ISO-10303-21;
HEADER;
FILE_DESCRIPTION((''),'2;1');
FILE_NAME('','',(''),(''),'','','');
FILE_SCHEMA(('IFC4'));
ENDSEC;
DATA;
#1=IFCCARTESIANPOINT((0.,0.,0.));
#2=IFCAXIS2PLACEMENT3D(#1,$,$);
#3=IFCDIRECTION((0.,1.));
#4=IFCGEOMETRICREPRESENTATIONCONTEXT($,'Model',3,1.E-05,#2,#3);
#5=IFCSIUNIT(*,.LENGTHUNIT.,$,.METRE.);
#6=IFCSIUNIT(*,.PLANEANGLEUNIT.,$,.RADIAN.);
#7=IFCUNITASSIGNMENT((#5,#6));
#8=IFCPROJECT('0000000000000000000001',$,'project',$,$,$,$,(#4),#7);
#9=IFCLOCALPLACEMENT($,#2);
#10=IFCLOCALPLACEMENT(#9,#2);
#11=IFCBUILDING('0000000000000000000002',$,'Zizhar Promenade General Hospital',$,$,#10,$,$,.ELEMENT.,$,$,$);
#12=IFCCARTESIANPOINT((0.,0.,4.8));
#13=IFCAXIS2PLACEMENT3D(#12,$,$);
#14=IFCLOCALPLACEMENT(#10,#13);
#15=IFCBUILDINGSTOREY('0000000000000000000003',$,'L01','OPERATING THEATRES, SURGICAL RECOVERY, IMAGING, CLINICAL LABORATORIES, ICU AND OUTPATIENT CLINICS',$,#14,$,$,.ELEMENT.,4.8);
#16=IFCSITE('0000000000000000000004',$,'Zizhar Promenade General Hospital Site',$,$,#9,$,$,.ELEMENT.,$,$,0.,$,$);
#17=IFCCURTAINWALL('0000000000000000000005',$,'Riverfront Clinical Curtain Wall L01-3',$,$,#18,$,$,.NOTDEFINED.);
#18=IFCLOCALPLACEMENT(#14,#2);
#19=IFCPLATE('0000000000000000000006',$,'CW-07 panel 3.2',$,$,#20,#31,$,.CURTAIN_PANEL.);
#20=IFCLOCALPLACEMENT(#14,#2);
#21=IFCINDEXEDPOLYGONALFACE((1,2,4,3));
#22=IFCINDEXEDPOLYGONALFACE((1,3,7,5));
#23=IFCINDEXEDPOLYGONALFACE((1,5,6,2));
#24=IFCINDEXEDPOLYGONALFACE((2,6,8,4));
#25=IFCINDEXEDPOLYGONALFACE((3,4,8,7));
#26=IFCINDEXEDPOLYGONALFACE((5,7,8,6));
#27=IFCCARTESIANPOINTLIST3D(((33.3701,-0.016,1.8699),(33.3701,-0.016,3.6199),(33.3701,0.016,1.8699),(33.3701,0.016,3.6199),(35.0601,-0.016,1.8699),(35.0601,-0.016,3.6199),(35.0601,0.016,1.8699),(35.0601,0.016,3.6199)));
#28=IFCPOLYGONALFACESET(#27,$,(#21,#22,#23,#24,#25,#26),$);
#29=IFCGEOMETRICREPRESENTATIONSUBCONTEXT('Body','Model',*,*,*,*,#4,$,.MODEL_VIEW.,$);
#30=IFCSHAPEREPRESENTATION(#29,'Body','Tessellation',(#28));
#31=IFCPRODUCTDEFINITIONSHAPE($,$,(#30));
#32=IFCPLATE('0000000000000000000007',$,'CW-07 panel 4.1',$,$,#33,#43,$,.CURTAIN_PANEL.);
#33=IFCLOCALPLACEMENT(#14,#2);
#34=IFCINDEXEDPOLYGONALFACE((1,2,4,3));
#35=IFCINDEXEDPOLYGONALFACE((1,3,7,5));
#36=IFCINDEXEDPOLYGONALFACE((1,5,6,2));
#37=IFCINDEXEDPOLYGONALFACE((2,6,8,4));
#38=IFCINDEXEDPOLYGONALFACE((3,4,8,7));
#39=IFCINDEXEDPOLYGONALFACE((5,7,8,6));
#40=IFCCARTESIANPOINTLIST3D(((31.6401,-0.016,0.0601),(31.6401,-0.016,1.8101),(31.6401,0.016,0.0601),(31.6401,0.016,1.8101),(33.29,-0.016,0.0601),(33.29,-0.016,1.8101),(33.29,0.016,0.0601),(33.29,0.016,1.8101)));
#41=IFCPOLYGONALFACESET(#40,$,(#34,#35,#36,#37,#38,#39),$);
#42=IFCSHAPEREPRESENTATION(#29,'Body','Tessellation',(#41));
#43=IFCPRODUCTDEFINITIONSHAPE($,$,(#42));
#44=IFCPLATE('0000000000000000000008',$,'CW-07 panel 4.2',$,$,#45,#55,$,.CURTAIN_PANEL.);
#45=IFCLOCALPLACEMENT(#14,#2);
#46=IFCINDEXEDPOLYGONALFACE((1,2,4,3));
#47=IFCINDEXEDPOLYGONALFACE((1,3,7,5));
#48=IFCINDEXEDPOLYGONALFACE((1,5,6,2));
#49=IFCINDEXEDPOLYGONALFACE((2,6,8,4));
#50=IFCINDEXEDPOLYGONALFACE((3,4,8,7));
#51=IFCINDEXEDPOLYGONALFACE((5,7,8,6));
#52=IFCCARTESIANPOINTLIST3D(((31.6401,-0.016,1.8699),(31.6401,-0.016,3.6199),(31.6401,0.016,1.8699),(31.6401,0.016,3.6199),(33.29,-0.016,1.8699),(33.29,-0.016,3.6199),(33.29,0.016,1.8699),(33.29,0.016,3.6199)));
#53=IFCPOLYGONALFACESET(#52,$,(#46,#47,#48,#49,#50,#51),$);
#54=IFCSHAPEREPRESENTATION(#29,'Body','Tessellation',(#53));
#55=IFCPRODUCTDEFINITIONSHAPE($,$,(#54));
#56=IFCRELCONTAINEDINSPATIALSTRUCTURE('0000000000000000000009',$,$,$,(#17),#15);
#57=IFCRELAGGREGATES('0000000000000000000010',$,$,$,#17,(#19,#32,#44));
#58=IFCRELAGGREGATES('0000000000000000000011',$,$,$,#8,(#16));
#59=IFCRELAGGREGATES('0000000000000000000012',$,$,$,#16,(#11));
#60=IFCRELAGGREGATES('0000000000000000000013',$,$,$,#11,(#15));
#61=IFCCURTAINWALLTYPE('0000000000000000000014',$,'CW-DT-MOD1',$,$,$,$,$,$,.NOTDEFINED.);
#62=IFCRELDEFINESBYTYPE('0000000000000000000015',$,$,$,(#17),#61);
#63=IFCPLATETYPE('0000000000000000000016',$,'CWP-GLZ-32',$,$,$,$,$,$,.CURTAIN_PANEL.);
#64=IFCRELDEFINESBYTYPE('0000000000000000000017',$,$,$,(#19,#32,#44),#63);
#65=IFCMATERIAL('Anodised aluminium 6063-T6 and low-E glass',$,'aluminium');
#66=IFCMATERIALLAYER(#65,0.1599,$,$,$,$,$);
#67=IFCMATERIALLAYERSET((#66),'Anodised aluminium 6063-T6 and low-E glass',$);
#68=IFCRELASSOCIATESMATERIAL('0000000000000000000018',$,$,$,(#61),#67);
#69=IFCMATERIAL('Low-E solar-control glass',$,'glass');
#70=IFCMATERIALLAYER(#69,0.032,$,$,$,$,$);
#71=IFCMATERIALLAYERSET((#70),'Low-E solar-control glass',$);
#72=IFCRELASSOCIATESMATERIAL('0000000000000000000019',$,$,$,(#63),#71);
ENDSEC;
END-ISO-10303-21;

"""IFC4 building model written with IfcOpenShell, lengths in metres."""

from ifc_helpers import new_model, si_unit, direction, frame, origin, origin_2d, place, context, subcontext, project, spatial, rectangle, extrude, material, layer, layer_set, type_object, element, aggregate, save


model = new_model("IFC4")

# Units and contexts
model_context = context("Model", 3, precision=1e-05, world=origin(), true_north=direction((0.0, 1.0)))
body_context = subcontext(model_context, "Body", "Model", "MODEL_VIEW")
ifc_project = project(units=[si_unit("LENGTHUNIT", "METRE"), si_unit("PLANEANGLEUNIT", "RADIAN")], contexts=[model_context])

# Site, building, storey
site_placement = place(None, origin())
site = spatial("IfcSite", under=ifc_project, at=site_placement, Name="Zizhar Promenade General Hospital Site", CompositionType="ELEMENT", RefElevation=0.0)
building_placement = place(site_placement, origin())
building = spatial("IfcBuilding", under=site, at=building_placement, Name="Zizhar Promenade General Hospital", CompositionType="ELEMENT")
storey_placement = place(building_placement, frame((0.0, 0.0, 4.8)))
storey = spatial("IfcBuildingStorey", under=building, at=storey_placement, Name="L01", Description="OPERATING THEATRES, SURGICAL RECOVERY, IMAGING, CLINICAL LABORATORIES, ICU AND OUTPATIENT CLINICS", CompositionType="ELEMENT", Elevation=4.8)

# Curtain wall, plates
ifc_material_1 = material(Name="Anodised aluminium 6063-T6 and low-E glass", Category="aluminium")
ifc_layer_1 = layer(ifc_material_1, 0.1599)
ifc_layer_set_1 = layer_set([ifc_layer_1], Name="Anodised aluminium 6063-T6 and low-E glass")
curtain_wall_type = type_object("IfcCurtainWallType", Name="CW-DT-MOD1", PredefinedType="NOTDEFINED", material=ifc_layer_set_1)
curtain_wall_placement = place(storey_placement, origin())
curtain_wall = element("IfcCurtainWall", 1, at=curtain_wall_placement, inside=storey, type_object=curtain_wall_type, Name="Riverfront Clinical Curtain Wall L01-3", PredefinedType="NOTDEFINED")
ifc_material_2 = material(Name="Low-E solar-control glass", Category="glass")
ifc_layer_2 = layer(ifc_material_2, 0.032)
ifc_layer_set_2 = layer_set([ifc_layer_2], Name="Low-E solar-control glass")
plate_type = type_object("IfcPlateType", Name="CWP-GLZ-32", PredefinedType="CURTAIN_PANEL", material=ifc_layer_set_2)
plate_1_placement = place(storey_placement, frame((34.2151, 0.0, 1.8699), z_axis=(0.0, 0.0, 1.0), x_axis=(-1.0, 0.0, 0.0)))
plate_1 = element("IfcPlate", 2, at=plate_1_placement, type_object=plate_type, Name="CW-07 panel 3.2", PredefinedType="CURTAIN_PANEL", context=body_context, shape_type="SweptSolid", body=[
    extrude(rectangle(XDim=1.6899, YDim=0.032, at=origin_2d()), origin(), (0.0, 0.0, 1.0), 1.75),
])
plate_2_placement = place(storey_placement, frame((32.4651, 0.0, 0.0601), z_axis=(0.0, 0.0, 1.0), x_axis=(-1.0, 0.0, 0.0)))
plate_2 = element("IfcPlate", 3, at=plate_2_placement, type_object=plate_type, Name="CW-07 panel 4.1", PredefinedType="CURTAIN_PANEL", context=body_context, shape_type="SweptSolid", body=[
    extrude(rectangle(XDim=1.6499, YDim=0.032, at=origin_2d()), origin(), (0.0, 0.0, 1.0), 1.75),
])
plate_3_placement = place(storey_placement, frame((32.4651, 0.0, 1.8699), z_axis=(0.0, 0.0, 1.0), x_axis=(-1.0, 0.0, 0.0)))
plate_3 = element("IfcPlate", 4, at=plate_3_placement, type_object=plate_type, Name="CW-07 panel 4.2", PredefinedType="CURTAIN_PANEL", context=body_context, shape_type="SweptSolid", body=[
    extrude(rectangle(XDim=1.6499, YDim=0.032, at=origin_2d()), origin(), (0.0, 0.0, 1.0), 1.75),
])
aggregate(curtain_wall, [plate_1, plate_2, plate_3])

save(model, "model.ifc")
